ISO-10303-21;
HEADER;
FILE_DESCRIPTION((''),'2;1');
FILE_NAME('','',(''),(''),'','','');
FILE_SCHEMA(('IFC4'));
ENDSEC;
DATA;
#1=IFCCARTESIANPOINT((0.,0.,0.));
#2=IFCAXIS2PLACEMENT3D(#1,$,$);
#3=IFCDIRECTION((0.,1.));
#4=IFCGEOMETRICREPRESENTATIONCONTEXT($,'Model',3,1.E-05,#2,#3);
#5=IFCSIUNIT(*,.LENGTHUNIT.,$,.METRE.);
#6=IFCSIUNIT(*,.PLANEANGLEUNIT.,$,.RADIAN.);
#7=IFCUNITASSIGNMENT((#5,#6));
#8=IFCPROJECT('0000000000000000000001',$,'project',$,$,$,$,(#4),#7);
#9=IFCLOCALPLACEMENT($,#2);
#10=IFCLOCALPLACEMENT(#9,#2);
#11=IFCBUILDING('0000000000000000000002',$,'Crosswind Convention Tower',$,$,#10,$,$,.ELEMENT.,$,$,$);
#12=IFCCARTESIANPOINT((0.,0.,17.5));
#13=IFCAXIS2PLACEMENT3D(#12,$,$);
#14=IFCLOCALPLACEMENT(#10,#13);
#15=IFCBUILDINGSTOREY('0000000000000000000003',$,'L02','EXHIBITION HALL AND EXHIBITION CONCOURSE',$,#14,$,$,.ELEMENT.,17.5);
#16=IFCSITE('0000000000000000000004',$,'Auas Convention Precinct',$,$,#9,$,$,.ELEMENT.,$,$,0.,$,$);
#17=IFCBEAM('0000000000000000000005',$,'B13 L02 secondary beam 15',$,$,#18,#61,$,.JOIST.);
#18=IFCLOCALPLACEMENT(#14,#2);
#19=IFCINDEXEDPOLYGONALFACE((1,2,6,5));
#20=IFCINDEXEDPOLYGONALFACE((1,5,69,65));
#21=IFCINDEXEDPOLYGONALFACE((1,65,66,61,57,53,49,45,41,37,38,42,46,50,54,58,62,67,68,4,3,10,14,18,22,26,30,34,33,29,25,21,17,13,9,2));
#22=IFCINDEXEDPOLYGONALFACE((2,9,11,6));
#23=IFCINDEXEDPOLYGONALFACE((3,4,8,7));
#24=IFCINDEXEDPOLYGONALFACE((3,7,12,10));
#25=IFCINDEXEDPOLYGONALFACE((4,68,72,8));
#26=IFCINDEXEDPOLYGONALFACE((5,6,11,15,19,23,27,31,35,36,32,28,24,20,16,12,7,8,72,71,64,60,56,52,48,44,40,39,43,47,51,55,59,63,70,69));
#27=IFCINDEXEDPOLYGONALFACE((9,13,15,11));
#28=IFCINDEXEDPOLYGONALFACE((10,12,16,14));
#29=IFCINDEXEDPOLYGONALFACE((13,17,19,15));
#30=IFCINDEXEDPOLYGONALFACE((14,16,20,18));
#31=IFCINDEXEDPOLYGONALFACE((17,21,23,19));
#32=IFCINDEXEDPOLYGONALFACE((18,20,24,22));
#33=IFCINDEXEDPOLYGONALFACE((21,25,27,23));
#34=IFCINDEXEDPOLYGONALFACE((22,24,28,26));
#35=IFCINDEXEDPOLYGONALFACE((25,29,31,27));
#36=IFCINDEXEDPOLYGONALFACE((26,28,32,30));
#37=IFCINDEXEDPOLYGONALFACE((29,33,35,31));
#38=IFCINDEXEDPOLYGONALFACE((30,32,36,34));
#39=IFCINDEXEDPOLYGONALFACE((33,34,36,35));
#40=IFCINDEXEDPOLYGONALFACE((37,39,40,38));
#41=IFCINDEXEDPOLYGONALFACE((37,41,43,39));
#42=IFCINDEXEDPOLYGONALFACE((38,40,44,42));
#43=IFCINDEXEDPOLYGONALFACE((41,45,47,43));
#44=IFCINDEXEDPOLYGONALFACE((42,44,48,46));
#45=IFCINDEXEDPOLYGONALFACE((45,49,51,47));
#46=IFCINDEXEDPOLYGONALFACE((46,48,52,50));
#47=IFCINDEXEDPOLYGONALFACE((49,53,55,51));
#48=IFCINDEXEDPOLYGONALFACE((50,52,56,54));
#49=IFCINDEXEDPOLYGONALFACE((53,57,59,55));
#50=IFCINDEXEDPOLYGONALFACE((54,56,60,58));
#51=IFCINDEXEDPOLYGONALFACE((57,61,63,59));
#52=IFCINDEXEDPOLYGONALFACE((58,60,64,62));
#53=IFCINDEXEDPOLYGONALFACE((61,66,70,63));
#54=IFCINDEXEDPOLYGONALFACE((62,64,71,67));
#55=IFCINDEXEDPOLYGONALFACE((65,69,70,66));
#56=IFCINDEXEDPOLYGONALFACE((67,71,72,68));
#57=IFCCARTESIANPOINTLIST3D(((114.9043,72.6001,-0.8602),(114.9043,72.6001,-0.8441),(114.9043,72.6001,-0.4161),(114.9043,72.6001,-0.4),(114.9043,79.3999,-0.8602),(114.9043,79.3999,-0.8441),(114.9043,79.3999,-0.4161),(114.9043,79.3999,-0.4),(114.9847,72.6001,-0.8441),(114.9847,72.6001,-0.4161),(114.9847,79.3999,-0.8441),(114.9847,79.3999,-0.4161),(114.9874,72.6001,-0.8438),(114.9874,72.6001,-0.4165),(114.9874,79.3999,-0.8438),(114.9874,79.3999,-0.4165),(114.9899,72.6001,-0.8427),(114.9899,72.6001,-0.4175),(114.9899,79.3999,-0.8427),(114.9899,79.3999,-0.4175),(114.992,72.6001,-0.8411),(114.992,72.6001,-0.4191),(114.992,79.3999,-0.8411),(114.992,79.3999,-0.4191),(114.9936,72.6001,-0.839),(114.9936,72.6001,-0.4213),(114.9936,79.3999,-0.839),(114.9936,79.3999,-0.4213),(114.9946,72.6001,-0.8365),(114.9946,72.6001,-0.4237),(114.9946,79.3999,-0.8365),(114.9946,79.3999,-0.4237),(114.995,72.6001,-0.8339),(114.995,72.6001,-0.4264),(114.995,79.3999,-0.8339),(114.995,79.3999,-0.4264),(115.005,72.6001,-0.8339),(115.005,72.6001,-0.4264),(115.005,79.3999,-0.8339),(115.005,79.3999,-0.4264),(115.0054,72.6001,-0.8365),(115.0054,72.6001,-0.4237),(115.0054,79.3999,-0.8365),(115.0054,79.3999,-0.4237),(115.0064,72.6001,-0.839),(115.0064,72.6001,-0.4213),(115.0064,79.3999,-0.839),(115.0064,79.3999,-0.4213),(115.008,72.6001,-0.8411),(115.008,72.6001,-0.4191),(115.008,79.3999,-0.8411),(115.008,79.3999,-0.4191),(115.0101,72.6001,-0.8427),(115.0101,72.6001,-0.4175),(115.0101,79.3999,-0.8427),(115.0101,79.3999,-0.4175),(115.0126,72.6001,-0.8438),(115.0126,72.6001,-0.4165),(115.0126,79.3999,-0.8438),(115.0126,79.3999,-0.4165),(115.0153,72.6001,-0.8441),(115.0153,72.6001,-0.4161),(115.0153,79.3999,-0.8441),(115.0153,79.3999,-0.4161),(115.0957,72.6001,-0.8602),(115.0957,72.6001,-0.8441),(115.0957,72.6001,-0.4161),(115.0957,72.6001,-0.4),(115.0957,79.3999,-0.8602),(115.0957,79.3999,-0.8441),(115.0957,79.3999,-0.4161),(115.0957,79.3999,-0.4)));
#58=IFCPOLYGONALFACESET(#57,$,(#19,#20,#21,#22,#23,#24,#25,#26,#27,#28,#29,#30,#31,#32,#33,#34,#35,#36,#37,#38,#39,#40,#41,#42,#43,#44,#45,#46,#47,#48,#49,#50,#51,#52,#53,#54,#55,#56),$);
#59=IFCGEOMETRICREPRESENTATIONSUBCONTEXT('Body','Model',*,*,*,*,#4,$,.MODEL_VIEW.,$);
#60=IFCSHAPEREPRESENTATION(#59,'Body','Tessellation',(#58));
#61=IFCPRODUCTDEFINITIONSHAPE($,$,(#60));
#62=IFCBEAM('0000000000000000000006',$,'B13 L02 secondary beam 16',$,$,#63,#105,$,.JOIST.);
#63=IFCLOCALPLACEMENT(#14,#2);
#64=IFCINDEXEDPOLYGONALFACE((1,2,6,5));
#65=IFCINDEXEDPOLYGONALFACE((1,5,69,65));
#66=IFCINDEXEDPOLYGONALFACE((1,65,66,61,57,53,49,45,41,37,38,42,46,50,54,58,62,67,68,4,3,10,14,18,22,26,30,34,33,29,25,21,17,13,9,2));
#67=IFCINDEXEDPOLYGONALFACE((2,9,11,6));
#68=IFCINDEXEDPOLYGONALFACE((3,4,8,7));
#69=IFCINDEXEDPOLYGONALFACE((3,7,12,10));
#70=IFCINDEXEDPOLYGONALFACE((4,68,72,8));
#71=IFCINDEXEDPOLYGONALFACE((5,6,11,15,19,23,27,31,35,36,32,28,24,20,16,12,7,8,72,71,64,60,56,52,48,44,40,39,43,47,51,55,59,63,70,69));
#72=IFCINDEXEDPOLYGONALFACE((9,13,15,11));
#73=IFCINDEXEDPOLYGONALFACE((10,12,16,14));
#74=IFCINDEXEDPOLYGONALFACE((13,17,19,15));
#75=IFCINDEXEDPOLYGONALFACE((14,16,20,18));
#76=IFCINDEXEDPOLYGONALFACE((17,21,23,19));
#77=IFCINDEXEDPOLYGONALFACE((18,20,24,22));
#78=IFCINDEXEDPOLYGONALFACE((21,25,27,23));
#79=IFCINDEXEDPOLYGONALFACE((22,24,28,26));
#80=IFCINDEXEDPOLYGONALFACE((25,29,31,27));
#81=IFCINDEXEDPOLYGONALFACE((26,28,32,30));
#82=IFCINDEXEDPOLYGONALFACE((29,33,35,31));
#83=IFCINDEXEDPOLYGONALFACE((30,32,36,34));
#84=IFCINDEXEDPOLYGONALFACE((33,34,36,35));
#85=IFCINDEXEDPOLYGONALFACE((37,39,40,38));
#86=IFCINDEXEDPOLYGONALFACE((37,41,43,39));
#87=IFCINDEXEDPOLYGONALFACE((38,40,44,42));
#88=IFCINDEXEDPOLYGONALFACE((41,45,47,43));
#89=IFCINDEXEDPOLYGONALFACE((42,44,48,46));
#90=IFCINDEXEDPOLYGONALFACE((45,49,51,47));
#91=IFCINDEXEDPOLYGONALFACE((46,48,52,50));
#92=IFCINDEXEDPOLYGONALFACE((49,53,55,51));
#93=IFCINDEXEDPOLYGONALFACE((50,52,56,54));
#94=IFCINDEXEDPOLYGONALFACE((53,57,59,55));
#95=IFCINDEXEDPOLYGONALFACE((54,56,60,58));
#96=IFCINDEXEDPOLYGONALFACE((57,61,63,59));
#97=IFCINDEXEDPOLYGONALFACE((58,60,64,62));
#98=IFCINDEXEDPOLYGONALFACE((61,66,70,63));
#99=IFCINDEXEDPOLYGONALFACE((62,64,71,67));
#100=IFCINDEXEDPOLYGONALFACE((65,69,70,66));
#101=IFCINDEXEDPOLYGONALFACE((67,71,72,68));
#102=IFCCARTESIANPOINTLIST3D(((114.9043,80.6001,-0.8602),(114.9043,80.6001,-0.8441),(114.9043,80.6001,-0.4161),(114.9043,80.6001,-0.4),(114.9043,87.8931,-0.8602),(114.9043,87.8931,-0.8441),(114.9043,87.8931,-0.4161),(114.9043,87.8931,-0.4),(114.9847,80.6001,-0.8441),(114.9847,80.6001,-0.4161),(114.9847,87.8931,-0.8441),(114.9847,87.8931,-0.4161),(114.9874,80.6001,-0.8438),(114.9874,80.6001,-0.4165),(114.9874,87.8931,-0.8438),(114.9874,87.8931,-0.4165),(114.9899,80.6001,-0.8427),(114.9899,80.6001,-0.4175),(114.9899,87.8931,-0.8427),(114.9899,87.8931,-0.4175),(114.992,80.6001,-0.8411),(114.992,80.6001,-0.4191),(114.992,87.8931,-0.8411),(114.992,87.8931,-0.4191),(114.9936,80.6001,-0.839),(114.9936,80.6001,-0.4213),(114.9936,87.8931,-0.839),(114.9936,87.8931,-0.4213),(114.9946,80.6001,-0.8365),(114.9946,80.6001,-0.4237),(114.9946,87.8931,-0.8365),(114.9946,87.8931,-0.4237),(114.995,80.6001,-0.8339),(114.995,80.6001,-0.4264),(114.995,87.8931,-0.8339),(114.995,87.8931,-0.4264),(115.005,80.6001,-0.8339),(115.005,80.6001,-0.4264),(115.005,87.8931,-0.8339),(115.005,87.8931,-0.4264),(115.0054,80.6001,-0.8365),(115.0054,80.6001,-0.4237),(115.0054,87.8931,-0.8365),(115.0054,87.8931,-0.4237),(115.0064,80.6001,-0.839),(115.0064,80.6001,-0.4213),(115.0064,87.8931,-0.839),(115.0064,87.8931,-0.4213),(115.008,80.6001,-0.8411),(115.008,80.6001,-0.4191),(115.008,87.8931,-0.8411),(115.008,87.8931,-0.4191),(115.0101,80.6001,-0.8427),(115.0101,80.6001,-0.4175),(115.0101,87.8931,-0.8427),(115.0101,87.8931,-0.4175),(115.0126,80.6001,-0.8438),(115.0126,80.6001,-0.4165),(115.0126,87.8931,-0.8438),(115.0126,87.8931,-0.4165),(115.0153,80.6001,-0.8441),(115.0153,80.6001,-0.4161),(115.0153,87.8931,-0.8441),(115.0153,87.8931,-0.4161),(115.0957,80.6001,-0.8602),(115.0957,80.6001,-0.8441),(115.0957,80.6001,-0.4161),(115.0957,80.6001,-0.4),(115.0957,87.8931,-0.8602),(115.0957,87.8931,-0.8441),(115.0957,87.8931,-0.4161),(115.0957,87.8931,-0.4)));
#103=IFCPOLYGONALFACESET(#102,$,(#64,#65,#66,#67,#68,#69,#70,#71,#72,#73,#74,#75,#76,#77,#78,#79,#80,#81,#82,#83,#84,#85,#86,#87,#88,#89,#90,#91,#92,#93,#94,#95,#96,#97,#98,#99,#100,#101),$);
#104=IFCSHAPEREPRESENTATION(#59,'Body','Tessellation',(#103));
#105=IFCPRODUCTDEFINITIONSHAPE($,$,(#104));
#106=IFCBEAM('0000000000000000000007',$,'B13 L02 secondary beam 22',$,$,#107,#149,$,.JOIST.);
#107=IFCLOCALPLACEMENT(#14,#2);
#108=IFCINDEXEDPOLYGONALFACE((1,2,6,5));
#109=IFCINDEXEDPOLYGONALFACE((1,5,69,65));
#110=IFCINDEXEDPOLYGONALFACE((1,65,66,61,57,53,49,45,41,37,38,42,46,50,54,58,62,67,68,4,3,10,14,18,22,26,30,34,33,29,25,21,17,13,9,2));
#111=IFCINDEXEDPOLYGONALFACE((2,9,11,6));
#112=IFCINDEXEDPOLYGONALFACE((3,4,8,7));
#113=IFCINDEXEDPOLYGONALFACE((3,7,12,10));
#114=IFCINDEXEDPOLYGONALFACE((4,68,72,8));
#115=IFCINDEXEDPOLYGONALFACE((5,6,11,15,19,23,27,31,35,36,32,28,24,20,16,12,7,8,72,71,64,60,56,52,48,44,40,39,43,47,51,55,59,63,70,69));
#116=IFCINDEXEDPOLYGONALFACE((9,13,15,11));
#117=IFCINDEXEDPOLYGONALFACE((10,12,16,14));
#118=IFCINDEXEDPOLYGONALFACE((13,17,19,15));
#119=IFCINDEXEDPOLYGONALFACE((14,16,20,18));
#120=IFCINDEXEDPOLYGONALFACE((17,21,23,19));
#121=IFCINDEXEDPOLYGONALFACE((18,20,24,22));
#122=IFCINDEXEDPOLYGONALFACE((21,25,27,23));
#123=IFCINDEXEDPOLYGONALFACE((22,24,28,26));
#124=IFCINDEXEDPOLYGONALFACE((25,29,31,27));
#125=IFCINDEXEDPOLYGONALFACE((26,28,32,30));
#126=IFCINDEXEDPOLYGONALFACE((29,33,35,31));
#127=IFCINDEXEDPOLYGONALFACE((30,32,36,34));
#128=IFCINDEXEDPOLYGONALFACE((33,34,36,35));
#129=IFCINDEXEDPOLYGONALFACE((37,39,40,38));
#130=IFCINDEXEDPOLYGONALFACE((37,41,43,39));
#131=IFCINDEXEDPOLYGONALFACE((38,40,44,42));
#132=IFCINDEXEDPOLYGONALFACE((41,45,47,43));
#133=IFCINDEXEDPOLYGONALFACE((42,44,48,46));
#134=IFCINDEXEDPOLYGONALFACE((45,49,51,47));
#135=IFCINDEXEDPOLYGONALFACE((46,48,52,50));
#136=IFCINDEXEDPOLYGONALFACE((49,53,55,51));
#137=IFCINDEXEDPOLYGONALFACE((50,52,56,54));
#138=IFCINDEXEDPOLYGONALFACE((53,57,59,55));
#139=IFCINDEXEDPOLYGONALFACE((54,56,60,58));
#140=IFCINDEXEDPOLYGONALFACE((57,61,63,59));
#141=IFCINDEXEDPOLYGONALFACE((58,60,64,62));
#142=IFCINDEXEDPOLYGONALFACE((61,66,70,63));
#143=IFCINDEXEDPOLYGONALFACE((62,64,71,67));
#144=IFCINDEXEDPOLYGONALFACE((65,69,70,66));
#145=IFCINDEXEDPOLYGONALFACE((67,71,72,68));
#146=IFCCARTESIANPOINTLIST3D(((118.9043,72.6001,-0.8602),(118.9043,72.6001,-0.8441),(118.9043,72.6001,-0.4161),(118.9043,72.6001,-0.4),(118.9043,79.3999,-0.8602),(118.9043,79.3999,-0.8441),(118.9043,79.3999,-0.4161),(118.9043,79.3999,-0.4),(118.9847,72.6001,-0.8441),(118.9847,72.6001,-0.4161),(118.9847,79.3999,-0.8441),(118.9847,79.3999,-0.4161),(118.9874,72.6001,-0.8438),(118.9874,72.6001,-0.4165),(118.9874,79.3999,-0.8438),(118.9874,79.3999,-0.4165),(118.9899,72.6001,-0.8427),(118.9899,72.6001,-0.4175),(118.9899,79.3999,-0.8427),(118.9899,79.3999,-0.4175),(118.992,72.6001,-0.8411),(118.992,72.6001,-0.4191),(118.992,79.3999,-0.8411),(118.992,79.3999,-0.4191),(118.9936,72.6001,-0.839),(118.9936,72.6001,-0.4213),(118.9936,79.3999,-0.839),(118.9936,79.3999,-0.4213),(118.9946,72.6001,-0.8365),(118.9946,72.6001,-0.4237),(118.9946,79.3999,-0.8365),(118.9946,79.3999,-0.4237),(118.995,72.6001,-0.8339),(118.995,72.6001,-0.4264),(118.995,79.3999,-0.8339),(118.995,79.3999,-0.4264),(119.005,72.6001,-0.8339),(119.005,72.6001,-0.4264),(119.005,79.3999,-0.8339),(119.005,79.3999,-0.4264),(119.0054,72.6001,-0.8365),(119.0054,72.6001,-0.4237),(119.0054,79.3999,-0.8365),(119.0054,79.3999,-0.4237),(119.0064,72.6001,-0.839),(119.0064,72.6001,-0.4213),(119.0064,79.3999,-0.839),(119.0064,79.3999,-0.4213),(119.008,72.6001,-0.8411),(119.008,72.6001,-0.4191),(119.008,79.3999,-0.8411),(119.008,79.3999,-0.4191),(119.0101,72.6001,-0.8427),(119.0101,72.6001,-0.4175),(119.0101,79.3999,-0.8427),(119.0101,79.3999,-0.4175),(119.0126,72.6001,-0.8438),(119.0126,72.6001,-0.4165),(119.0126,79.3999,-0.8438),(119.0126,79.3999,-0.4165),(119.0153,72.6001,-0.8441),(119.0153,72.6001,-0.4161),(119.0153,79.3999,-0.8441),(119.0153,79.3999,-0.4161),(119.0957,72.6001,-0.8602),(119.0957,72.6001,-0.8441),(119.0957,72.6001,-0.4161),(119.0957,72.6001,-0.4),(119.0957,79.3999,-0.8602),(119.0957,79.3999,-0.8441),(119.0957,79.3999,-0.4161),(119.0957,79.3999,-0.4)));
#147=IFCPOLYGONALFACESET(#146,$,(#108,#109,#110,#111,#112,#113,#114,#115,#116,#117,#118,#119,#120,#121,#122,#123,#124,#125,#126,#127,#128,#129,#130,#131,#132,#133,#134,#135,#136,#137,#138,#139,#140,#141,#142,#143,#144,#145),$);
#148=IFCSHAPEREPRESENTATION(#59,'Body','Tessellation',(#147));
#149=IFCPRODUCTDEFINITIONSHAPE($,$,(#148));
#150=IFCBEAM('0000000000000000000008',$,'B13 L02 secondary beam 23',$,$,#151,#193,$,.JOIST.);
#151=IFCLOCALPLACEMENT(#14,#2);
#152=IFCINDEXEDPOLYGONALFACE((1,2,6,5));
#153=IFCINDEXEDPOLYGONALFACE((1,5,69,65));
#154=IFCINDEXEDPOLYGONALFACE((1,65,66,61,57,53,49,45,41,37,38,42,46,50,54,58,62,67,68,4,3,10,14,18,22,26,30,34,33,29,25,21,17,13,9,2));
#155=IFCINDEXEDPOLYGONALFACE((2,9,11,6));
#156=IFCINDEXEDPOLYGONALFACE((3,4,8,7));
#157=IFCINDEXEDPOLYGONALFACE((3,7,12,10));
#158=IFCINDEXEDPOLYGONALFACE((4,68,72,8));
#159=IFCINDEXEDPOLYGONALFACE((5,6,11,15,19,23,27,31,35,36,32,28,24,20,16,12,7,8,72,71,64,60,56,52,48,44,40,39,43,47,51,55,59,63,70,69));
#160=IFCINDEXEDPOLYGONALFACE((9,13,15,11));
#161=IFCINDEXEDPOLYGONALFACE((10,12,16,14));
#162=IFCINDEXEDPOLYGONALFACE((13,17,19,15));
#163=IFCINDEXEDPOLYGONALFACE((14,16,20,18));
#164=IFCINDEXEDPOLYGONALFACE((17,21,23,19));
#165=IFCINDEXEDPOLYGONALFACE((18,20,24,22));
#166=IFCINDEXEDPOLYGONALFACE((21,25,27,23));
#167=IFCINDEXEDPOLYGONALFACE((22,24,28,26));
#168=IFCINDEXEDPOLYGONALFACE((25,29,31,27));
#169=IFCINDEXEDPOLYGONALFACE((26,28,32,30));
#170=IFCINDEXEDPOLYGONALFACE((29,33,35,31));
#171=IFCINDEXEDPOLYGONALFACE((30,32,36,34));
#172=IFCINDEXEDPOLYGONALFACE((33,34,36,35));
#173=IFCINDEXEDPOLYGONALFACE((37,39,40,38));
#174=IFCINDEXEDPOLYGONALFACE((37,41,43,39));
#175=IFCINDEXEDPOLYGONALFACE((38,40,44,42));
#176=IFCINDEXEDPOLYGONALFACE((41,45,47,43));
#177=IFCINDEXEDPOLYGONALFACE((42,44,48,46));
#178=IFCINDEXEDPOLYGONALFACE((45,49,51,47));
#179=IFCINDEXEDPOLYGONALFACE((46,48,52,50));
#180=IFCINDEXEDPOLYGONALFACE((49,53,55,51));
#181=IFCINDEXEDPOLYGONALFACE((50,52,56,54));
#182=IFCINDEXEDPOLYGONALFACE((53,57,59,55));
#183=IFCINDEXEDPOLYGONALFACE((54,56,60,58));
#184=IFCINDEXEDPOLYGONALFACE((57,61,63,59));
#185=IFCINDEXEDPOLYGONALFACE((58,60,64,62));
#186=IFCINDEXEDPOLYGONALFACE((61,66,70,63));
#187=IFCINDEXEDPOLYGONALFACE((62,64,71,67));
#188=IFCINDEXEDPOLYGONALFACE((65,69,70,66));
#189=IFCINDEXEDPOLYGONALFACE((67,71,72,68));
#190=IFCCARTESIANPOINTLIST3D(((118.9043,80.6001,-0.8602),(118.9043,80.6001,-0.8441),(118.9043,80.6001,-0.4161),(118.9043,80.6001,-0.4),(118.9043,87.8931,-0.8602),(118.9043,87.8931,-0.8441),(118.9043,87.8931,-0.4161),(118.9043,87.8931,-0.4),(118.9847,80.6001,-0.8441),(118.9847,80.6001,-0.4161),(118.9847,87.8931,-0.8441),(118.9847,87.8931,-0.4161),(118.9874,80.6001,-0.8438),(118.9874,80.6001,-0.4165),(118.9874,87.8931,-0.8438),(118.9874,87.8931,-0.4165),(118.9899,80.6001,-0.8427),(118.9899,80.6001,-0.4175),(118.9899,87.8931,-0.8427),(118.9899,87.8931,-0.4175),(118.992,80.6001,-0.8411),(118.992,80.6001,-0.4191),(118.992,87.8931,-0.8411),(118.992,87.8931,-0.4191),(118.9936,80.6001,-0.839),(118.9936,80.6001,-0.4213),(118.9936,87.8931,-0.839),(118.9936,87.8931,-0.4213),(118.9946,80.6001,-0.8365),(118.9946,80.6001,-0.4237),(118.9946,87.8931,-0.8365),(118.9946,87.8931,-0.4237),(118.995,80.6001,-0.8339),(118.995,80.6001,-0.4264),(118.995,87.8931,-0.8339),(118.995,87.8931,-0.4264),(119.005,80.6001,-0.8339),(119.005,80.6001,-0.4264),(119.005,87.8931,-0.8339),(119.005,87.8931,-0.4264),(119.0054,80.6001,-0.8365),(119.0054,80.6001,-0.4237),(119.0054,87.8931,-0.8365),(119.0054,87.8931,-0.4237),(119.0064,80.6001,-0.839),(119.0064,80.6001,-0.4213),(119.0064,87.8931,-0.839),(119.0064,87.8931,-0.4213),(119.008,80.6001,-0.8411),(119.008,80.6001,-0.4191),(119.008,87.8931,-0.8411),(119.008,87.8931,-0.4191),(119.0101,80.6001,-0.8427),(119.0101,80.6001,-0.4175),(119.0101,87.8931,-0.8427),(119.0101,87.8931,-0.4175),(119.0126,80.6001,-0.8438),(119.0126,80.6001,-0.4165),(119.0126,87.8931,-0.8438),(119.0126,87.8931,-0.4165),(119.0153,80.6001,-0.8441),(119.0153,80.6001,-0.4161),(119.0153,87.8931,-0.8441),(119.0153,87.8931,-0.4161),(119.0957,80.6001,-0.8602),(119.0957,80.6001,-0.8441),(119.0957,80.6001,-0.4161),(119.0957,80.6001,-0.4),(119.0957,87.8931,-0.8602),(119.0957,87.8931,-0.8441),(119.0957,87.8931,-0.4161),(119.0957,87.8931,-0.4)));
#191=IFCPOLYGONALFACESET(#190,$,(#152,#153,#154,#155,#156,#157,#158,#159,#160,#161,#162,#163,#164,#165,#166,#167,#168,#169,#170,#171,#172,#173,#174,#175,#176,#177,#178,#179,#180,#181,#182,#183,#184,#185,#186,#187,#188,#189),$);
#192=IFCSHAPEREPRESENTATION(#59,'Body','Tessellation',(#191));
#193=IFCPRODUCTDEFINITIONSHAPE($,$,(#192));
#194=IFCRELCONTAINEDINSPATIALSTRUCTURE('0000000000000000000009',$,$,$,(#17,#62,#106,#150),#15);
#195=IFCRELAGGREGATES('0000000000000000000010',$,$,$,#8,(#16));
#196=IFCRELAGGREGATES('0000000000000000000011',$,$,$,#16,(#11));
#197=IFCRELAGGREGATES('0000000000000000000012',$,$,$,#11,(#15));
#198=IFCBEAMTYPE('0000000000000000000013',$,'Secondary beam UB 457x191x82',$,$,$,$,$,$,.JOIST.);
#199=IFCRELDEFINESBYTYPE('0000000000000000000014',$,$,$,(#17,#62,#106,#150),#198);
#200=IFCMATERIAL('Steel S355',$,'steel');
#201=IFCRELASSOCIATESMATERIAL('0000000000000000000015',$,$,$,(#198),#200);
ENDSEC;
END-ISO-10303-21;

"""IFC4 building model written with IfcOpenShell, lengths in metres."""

from ifc_helpers import new_model, si_unit, direction, frame, origin, origin_2d, place, context, subcontext, project, spatial, i_section, extrude, material, material_profile, profile_set, type_object, element, save


model = new_model("IFC4")

# Units and contexts
model_context = context("Model", 3, precision=1e-05, world=origin(), true_north=direction((0.0, 1.0)))
body_context = subcontext(model_context, "Body", "Model", "MODEL_VIEW")
ifc_project = project(units=[si_unit("LENGTHUNIT", "METRE"), si_unit("PLANEANGLEUNIT", "RADIAN")], contexts=[model_context])

# Site, building, storey
site_placement = place(None, origin())
site = spatial("IfcSite", under=ifc_project, at=site_placement, Name="Auas Convention Precinct", CompositionType="ELEMENT", RefElevation=0.0)
building_placement = place(site_placement, origin())
building = spatial("IfcBuilding", under=site, at=building_placement, Name="Crosswind Convention Tower", CompositionType="ELEMENT")
storey_placement = place(building_placement, frame((0.0, 0.0, 17.5)))
storey = spatial("IfcBuildingStorey", under=building, at=storey_placement, Name="L02", Description="EXHIBITION HALL AND EXHIBITION CONCOURSE", CompositionType="ELEMENT", Elevation=17.5)

# Shared definitions
ifc_material_1 = material(Name="Steel S355", Category="steel")

# Beams
ifc_material_profile_1 = material_profile(ifc_material_1, i_section(OverallWidth=0.1914, OverallDepth=0.4602, WebThickness=0.01, FlangeThickness=0.0161, FilletRadius=0.0103, at=origin_2d()), Name="UB 457x191x82")
ifc_profile_set_1 = profile_set([ifc_material_profile_1], Name="Steel S355")
beam_type_1 = type_object("IfcBeamType", Name="Secondary beam UB 457x191x82", PredefinedType="JOIST", material=ifc_profile_set_1)
beam_1_placement = place(storey_placement, frame((115.0, 72.6001, -0.6301), z_axis=(0.0, 1.0, 0.0), x_axis=(-1.0, 0.0, 0.0)))
element("IfcBeam", 1, at=beam_1_placement, inside=storey, type_object=beam_type_1, Name="B13 L02 secondary beam 15", PredefinedType="JOIST", context=body_context, shape_type="SweptSolid", body=[
    extrude(i_section(OverallWidth=0.1914, OverallDepth=0.4602, WebThickness=0.01, FlangeThickness=0.0161, FilletRadius=0.0103, at=origin_2d()), origin(), (0.0, 0.0, 1.0), 6.7998),
])
beam_2_placement = place(storey_placement, frame((115.0, 80.6001, -0.6301), z_axis=(0.0, 1.0, 0.0), x_axis=(-1.0, 0.0, 0.0)))
element("IfcBeam", 2, at=beam_2_placement, inside=storey, type_object=beam_type_1, Name="B13 L02 secondary beam 16", PredefinedType="JOIST", context=body_context, shape_type="SweptSolid", body=[
    extrude(i_section(OverallWidth=0.1914, OverallDepth=0.4602, WebThickness=0.01, FlangeThickness=0.0161, FilletRadius=0.0103, at=origin_2d()), origin(), (0.0, 0.0, 1.0), 7.293),
])
beam_3_placement = place(storey_placement, frame((119.0, 72.6001, -0.6301), z_axis=(0.0, 1.0, 0.0), x_axis=(-1.0, 0.0, 0.0)))
element("IfcBeam", 3, at=beam_3_placement, inside=storey, type_object=beam_type_1, Name="B13 L02 secondary beam 22", PredefinedType="JOIST", context=body_context, shape_type="SweptSolid", body=[
    extrude(i_section(OverallWidth=0.1914, OverallDepth=0.4602, WebThickness=0.01, FlangeThickness=0.0161, FilletRadius=0.0103, at=origin_2d()), origin(), (0.0, 0.0, 1.0), 6.7998),
])
beam_4_placement = place(storey_placement, frame((119.0, 80.6001, -0.6301), z_axis=(0.0, 1.0, 0.0), x_axis=(-1.0, 0.0, 0.0)))
element("IfcBeam", 4, at=beam_4_placement, inside=storey, type_object=beam_type_1, Name="B13 L02 secondary beam 23", PredefinedType="JOIST", context=body_context, shape_type="SweptSolid", body=[
    extrude(i_section(OverallWidth=0.1914, OverallDepth=0.4602, WebThickness=0.01, FlangeThickness=0.0161, FilletRadius=0.0103, at=origin_2d()), origin(), (0.0, 0.0, 1.0), 7.293),
])

save(model, "model.ifc")
